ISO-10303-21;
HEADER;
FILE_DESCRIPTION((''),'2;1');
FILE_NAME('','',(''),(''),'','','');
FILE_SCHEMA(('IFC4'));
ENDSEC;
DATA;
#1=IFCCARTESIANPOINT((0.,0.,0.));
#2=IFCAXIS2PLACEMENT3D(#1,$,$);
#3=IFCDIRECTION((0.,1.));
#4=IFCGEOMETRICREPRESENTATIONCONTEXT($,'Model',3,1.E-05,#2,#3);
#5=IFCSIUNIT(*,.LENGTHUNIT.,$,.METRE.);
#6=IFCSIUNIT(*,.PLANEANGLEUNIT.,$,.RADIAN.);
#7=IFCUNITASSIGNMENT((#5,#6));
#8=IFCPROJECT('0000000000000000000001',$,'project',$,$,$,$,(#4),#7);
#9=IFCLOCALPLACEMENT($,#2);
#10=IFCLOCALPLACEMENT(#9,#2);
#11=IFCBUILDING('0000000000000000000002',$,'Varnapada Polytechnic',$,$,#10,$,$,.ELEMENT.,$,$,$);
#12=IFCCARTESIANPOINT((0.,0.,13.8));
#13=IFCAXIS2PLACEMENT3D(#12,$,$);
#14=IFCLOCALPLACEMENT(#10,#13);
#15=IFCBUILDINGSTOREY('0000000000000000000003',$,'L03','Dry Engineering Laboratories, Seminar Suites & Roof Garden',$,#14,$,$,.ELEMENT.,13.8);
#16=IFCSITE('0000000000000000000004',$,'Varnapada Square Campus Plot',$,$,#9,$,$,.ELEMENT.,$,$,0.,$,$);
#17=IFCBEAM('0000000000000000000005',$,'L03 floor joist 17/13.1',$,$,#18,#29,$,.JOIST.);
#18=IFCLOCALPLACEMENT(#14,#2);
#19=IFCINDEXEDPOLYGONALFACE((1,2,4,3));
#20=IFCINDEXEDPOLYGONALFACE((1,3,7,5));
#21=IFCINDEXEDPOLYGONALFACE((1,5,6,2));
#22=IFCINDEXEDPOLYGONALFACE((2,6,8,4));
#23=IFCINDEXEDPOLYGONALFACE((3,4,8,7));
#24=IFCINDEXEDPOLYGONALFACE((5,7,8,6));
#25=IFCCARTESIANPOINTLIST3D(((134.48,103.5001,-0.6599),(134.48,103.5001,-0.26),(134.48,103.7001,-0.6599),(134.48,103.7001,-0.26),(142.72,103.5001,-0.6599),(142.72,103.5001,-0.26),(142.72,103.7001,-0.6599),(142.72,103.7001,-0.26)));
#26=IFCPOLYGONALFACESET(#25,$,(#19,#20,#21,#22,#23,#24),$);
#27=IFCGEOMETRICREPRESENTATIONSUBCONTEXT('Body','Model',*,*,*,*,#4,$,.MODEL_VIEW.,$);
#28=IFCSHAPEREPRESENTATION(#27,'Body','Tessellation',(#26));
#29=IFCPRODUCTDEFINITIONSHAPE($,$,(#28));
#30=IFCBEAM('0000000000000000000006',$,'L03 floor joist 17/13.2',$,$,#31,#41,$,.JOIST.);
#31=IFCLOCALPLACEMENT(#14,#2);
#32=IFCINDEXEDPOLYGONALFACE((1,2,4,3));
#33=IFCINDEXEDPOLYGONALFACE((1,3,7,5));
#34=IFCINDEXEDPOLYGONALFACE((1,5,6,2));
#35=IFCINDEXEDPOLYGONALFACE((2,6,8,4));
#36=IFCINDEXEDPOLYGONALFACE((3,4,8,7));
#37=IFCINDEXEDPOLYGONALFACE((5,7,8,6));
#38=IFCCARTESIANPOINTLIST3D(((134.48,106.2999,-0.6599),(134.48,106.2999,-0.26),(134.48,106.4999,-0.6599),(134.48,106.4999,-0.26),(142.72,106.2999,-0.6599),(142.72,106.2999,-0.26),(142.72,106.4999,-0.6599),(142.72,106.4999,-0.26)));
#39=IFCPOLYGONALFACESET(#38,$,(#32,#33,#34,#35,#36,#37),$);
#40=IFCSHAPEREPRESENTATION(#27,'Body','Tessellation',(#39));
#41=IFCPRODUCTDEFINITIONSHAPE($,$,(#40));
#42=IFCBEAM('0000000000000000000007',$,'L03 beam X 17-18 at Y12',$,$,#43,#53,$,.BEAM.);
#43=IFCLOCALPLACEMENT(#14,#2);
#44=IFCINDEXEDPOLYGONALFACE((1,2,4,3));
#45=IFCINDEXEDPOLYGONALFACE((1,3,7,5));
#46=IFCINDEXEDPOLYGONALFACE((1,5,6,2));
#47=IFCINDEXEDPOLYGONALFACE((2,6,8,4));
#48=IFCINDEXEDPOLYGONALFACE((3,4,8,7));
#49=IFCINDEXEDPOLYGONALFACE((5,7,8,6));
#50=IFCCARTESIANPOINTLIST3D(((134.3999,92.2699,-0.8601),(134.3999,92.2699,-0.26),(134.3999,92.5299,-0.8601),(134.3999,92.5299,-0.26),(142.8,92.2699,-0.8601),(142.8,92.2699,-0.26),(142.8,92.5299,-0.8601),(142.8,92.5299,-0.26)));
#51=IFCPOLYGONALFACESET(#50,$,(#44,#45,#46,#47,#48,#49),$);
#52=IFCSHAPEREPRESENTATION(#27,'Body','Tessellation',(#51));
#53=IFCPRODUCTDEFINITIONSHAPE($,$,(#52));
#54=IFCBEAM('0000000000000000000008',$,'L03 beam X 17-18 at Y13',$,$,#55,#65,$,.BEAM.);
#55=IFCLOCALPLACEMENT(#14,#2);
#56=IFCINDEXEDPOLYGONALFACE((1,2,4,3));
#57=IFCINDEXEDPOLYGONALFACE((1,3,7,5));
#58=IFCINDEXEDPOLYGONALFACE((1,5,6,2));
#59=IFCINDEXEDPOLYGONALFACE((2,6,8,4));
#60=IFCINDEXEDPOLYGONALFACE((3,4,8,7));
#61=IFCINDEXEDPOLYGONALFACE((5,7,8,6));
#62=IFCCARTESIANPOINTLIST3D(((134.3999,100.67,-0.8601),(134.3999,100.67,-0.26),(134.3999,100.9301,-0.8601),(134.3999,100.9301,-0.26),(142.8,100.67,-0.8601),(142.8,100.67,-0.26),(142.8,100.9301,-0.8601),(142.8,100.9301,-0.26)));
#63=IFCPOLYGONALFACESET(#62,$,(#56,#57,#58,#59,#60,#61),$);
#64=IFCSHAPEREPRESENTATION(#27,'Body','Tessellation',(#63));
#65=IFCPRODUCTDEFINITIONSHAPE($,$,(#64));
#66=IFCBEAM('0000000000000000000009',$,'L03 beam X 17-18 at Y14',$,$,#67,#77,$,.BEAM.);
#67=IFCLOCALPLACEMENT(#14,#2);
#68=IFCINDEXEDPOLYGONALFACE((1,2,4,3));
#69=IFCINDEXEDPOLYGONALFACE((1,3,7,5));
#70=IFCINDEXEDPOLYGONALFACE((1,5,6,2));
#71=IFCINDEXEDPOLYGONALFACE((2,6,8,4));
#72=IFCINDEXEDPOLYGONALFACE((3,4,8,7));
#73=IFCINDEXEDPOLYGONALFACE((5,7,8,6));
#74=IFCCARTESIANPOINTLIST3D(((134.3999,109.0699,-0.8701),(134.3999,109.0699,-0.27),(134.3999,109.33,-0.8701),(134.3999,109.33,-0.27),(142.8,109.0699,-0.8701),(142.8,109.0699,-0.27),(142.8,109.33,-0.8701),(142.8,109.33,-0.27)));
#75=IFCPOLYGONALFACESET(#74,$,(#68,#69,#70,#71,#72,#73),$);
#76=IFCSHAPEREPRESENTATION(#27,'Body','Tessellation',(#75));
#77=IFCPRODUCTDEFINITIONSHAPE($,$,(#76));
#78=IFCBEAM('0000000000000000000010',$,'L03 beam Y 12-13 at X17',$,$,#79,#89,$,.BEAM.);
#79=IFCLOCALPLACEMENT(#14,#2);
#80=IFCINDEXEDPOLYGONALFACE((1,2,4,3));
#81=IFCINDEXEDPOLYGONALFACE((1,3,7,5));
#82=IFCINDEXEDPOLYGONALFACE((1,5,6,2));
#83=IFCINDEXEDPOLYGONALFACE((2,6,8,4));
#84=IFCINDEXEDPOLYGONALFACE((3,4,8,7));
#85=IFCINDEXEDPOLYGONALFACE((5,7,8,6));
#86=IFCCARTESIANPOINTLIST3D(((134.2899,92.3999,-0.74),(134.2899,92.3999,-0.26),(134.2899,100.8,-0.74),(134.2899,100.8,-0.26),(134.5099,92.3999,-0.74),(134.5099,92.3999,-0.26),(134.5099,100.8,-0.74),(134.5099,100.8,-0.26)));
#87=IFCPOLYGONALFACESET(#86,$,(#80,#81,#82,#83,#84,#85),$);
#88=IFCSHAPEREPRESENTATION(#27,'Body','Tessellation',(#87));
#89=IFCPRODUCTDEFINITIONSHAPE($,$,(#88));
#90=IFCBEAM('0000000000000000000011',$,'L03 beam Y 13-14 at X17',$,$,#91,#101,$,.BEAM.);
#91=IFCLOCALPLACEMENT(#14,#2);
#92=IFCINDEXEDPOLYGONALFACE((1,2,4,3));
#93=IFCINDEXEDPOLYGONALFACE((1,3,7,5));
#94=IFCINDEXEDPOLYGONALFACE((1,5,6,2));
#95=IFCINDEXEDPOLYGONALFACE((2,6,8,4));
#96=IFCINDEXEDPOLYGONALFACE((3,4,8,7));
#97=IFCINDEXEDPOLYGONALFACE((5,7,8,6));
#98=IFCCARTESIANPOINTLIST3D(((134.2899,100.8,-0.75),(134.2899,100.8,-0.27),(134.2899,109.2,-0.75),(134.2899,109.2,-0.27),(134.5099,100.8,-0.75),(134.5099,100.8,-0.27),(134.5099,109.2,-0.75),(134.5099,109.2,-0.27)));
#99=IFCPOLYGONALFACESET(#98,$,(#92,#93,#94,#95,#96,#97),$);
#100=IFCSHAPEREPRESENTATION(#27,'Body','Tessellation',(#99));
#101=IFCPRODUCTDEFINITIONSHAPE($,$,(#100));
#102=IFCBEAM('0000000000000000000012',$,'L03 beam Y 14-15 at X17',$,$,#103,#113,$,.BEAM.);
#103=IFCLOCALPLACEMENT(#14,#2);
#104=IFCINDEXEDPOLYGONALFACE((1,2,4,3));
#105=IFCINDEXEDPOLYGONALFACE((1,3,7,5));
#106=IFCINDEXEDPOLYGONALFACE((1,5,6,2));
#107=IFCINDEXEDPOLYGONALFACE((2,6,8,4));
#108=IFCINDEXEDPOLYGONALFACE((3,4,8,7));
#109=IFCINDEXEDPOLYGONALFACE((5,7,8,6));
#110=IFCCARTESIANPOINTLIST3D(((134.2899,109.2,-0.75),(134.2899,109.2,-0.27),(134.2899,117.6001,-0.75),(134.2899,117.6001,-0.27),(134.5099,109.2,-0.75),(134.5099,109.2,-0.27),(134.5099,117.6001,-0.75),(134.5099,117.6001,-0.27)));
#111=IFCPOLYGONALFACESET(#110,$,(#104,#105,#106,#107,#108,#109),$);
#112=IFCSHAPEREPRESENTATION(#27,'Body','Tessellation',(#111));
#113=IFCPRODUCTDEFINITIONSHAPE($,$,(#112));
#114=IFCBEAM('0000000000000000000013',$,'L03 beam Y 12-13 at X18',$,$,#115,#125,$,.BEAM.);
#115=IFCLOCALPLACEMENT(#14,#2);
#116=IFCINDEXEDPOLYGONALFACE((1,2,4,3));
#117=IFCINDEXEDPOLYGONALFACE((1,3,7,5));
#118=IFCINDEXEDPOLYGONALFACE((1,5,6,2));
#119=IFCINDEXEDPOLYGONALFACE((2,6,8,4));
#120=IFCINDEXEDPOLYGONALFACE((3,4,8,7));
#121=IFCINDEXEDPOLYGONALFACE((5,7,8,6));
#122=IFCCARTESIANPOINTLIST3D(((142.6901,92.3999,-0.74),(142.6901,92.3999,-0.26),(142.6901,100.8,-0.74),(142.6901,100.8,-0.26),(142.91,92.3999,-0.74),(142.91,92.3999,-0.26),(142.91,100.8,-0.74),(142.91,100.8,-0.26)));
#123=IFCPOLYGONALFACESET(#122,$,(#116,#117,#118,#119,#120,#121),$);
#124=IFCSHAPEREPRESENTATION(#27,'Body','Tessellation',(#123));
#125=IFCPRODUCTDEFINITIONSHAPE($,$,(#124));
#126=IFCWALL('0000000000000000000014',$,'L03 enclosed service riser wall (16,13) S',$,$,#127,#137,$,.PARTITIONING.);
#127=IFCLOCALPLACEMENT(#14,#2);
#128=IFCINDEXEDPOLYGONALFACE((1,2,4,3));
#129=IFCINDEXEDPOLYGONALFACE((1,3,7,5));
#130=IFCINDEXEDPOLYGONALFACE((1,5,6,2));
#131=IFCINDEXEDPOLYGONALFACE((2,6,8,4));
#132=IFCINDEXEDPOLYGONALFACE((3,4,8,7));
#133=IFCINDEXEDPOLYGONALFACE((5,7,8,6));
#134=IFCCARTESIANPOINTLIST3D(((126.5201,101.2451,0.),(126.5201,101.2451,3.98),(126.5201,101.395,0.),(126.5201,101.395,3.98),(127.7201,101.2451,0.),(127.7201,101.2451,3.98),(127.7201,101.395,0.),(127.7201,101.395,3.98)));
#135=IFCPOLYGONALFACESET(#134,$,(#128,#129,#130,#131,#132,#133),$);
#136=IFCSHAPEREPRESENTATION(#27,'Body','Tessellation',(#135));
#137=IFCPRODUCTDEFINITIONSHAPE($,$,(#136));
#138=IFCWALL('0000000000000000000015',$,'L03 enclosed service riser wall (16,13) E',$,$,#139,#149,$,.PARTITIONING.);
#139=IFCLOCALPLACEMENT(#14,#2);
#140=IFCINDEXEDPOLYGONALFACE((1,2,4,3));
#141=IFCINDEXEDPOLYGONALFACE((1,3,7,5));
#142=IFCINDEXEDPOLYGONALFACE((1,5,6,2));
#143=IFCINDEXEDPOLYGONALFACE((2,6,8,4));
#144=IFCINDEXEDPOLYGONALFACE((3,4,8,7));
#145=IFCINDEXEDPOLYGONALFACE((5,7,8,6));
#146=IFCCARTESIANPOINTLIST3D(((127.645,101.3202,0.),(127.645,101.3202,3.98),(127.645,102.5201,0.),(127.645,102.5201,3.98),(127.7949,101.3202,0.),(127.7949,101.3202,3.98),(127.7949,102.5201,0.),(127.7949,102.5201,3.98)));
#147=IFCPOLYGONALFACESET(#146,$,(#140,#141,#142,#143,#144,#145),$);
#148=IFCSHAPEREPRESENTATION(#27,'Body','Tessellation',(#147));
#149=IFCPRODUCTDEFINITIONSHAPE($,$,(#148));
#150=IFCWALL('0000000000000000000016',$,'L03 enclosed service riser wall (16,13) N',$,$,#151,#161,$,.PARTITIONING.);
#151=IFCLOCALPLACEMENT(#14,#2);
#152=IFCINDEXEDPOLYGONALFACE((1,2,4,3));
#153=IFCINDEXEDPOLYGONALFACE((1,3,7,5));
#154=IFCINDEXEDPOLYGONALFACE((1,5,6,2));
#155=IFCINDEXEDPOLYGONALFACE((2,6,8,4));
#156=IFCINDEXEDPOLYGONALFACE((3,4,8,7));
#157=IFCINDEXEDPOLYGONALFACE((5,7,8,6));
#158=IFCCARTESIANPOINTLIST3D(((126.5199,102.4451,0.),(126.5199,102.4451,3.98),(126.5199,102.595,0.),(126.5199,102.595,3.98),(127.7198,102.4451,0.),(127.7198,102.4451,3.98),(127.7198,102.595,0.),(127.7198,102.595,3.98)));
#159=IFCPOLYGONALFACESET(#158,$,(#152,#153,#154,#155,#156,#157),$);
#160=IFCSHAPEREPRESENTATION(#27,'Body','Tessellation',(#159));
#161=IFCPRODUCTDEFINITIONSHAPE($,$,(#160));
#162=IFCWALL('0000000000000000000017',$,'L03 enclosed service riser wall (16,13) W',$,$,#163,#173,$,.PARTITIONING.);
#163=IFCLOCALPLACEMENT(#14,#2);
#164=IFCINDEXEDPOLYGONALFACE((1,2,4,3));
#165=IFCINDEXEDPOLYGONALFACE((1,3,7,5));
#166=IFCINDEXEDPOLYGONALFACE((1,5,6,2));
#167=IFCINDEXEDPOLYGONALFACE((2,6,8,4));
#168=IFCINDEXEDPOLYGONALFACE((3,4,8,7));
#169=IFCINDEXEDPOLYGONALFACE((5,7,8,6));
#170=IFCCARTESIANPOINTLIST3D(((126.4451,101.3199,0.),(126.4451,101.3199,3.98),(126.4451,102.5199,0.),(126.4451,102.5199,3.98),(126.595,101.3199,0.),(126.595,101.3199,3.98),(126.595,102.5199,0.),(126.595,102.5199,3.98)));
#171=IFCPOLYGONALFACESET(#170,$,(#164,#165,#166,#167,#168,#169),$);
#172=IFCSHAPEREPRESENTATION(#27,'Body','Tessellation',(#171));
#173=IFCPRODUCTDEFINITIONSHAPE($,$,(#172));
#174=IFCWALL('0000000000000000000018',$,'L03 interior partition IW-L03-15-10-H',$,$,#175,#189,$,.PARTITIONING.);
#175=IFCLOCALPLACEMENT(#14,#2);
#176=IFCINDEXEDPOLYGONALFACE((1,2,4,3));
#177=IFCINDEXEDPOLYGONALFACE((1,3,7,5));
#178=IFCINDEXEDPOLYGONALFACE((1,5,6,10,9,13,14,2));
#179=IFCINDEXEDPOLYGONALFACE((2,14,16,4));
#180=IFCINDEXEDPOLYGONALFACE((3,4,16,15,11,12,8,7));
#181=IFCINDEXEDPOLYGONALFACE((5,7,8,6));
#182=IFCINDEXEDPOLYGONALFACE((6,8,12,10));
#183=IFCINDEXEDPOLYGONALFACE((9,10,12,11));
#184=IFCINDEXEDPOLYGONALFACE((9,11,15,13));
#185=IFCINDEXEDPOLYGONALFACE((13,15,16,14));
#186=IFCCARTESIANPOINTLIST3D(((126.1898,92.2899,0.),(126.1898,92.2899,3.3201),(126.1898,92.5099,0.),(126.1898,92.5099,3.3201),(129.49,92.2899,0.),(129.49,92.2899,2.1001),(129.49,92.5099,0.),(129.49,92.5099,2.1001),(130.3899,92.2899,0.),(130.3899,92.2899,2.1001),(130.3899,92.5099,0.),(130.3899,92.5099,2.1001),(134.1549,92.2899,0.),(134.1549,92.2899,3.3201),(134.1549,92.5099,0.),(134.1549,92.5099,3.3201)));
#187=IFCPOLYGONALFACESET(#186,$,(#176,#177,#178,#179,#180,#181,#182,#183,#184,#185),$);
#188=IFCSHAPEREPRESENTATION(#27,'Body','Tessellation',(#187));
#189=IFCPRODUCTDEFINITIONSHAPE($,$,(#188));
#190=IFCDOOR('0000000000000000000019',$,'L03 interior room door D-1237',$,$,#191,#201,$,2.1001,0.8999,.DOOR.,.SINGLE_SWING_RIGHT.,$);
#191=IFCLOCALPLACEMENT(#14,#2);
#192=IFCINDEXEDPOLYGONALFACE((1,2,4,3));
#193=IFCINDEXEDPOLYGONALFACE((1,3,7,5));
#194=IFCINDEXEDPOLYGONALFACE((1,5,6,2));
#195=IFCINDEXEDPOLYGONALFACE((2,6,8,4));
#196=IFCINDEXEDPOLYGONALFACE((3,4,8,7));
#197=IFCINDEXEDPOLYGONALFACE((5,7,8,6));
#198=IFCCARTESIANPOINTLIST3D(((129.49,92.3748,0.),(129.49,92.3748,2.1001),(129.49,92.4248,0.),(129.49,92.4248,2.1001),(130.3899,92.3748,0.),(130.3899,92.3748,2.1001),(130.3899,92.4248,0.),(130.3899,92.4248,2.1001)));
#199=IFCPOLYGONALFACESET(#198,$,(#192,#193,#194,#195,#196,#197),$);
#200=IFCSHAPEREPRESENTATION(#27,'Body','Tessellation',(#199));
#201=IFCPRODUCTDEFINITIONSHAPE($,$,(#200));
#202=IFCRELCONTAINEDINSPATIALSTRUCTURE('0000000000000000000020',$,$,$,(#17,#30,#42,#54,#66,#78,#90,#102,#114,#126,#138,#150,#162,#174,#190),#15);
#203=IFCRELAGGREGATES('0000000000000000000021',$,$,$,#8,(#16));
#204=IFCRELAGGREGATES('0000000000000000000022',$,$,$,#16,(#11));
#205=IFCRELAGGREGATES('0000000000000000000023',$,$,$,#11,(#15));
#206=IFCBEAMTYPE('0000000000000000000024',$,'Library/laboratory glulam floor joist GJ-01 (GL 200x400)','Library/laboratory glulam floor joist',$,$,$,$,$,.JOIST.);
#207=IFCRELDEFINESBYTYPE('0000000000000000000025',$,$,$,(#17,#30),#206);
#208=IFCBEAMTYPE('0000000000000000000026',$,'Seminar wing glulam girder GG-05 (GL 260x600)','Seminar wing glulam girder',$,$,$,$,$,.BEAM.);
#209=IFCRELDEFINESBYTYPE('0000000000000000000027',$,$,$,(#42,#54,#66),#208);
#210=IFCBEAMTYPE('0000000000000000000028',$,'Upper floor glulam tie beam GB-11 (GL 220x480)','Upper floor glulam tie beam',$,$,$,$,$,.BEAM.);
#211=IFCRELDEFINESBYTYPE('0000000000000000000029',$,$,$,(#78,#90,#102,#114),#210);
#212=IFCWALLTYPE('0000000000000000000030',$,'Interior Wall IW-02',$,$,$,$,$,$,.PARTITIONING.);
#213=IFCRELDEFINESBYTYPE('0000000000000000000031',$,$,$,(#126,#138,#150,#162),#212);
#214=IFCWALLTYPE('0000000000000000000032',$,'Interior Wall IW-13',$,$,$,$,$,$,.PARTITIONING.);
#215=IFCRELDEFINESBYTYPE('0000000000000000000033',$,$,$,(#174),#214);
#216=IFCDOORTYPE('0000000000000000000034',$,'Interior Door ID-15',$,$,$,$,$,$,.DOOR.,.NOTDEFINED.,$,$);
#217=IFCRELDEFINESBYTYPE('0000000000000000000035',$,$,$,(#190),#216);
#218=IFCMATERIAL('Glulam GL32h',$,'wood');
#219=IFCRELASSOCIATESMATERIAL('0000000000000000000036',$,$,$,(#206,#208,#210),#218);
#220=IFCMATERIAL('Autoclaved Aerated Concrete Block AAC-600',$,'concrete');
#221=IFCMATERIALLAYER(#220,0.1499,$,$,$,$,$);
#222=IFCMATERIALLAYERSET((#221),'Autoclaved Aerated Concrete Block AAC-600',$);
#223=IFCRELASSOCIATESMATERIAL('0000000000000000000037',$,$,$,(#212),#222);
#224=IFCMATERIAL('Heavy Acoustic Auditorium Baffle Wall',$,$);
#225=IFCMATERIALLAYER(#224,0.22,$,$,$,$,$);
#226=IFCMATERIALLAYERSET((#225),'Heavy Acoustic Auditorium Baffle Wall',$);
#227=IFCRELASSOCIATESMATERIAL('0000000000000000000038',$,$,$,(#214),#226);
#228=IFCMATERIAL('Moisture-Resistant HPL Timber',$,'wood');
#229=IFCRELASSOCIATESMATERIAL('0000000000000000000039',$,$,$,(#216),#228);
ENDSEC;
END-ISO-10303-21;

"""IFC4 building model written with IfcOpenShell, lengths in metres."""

from ifc_helpers import new_model, si_unit, direction, frame, frame_2d, origin, origin_2d, place, context, subcontext, project, spatial, rectangle, extrude, material, layer, layer_set, material_profile, profile_set, type_object, element, fill, save


model = new_model("IFC4")

# Units and contexts
model_context = context("Model", 3, precision=1e-05, world=origin(), true_north=direction((0.0, 1.0)))
body_context = subcontext(model_context, "Body", "Model", "MODEL_VIEW")
ifc_project = project(units=[si_unit("LENGTHUNIT", "METRE"), si_unit("PLANEANGLEUNIT", "RADIAN")], contexts=[model_context])

# Site, building, storey
site_placement = place(None, origin())
site = spatial("IfcSite", under=ifc_project, at=site_placement, Name="Varnapada Square Campus Plot", CompositionType="ELEMENT", RefElevation=0.0)
building_placement = place(site_placement, origin())
building = spatial("IfcBuilding", under=site, at=building_placement, Name="Varnapada Polytechnic", CompositionType="ELEMENT")
storey_placement = place(building_placement, frame((0.0, 0.0, 13.8)))
storey = spatial("IfcBuildingStorey", under=building, at=storey_placement, Name="L03", Description="Dry Engineering Laboratories, Seminar Suites & Roof Garden", CompositionType="ELEMENT", Elevation=13.8)

# Shared definitions
ifc_material_1 = material(Name="Glulam GL32h", Category="wood")

# Beams
ifc_material_profile_1 = material_profile(ifc_material_1, rectangle(XDim=0.2, YDim=0.3999, at=origin_2d()), Name="GL 200x400")
ifc_profile_set_1 = profile_set([ifc_material_profile_1], Name="Glulam GL32h")
beam_type_1 = type_object("IfcBeamType", Name="Library/laboratory glulam floor joist GJ-01 (GL 200x400)", Description="Library/laboratory glulam floor joist", PredefinedType="JOIST", material=ifc_profile_set_1)
for number, where, z_axis, x_axis, name in (
    (1, (134.48, 103.6001, -0.46), (1.0, 0.0, 0.0), (0.0, 1.0, 0.0), "L03 floor joist 17/13.1"),
    (2, (134.48, 106.3999, -0.46), (1.0, 0.0, 0.0), (0.0, 1.0, 0.0), "L03 floor joist 17/13.2"),
):
    element("IfcBeam", number, at=place(storey_placement, frame(where, z_axis=z_axis, x_axis=x_axis)), inside=storey, type_object=beam_type_1, Name=name, PredefinedType="JOIST", context=body_context, shape_type="SweptSolid", body=[
        extrude(rectangle(XDim=0.2, YDim=0.3999, at=origin_2d()), origin(), (0.0, 0.0, 1.0), 8.24),
    ])
ifc_material_profile_2 = material_profile(ifc_material_1, rectangle(XDim=0.26, YDim=0.6001, at=origin_2d()), Name="GL 260x600")
ifc_profile_set_2 = profile_set([ifc_material_profile_2], Name="Glulam GL32h")
beam_type_2 = type_object("IfcBeamType", Name="Seminar wing glulam girder GG-05 (GL 260x600)", Description="Seminar wing glulam girder", PredefinedType="BEAM", material=ifc_profile_set_2)
for number, where, z_axis, x_axis, name in (
    (3, (134.3999, 92.3999, -0.5601), (1.0, 0.0, 0.0), (0.0, 1.0, 0.0), "L03 beam X 17-18 at Y12"),
    (4, (134.3999, 100.8, -0.5601), (1.0, 0.0, 0.0), (0.0, 1.0, 0.0), "L03 beam X 17-18 at Y13"),
    (5, (134.3999, 109.2, -0.5701), (1.0, 0.0, 0.0), (0.0, 1.0, 0.0), "L03 beam X 17-18 at Y14"),
):
    element("IfcBeam", number, at=place(storey_placement, frame(where, z_axis=z_axis, x_axis=x_axis)), inside=storey, type_object=beam_type_2, Name=name, PredefinedType="BEAM", context=body_context, shape_type="SweptSolid", body=[
        extrude(rectangle(XDim=0.26, YDim=0.6001, at=origin_2d()), origin(), (0.0, 0.0, 1.0), 8.4001),
    ])
ifc_material_profile_3 = material_profile(ifc_material_1, rectangle(XDim=0.22, YDim=0.48, at=origin_2d()), Name="GL 220x480")
ifc_profile_set_3 = profile_set([ifc_material_profile_3], Name="Glulam GL32h")
beam_type_3 = type_object("IfcBeamType", Name="Upper floor glulam tie beam GB-11 (GL 220x480)", Description="Upper floor glulam tie beam", PredefinedType="BEAM", material=ifc_profile_set_3)
beam_1_placement = place(storey_placement, frame((134.3999, 92.3999, -0.5), z_axis=(0.0, 1.0, 0.0), x_axis=(-1.0, 0.0, 0.0)))
element("IfcBeam", 6, at=beam_1_placement, inside=storey, type_object=beam_type_3, Name="L03 beam Y 12-13 at X17", PredefinedType="BEAM", context=body_context, shape_type="SweptSolid", body=[
    extrude(rectangle(XDim=0.22, YDim=0.48, at=origin_2d()), origin(), (0.0, 0.0, 1.0), 8.4001),
])
beam_2_placement = place(storey_placement, frame((134.3999, 100.8, -0.51), z_axis=(0.0, 1.0, 0.0), x_axis=(-1.0, 0.0, 0.0)))
element("IfcBeam", 7, at=beam_2_placement, inside=storey, type_object=beam_type_3, Name="L03 beam Y 13-14 at X17", PredefinedType="BEAM", context=body_context, shape_type="SweptSolid", body=[
    extrude(rectangle(XDim=0.22, YDim=0.48, at=origin_2d()), origin(), (0.0, 0.0, 1.0), 8.3999),
])
for number, where, z_axis, x_axis, name in (
    (8, (134.3999, 109.2, -0.51), (0.0, 1.0, 0.0), (-1.0, 0.0, 0.0), "L03 beam Y 14-15 at X17"),
    (9, (142.8, 92.3999, -0.5), (0.0, 1.0, 0.0), (-1.0, 0.0, 0.0), "L03 beam Y 12-13 at X18"),
):
    element("IfcBeam", number, at=place(storey_placement, frame(where, z_axis=z_axis, x_axis=x_axis)), inside=storey, type_object=beam_type_3, Name=name, PredefinedType="BEAM", context=body_context, shape_type="SweptSolid", body=[
        extrude(rectangle(XDim=0.22, YDim=0.48, at=origin_2d()), origin(), (0.0, 0.0, 1.0), 8.4001),
    ])

# Walls
ifc_material_2 = material(Name="Autoclaved Aerated Concrete Block AAC-600", Category="concrete")
ifc_layer_1 = layer(ifc_material_2, 0.1499)
ifc_layer_set_1 = layer_set([ifc_layer_1], Name="Autoclaved Aerated Concrete Block AAC-600")
wall_type_1 = type_object("IfcWallType", Name="Interior Wall IW-02", PredefinedType="PARTITIONING", material=ifc_layer_set_1)
for number, where, z_axis, x_axis, name in (
    (10, (126.52, 101.3201, 0.0), (0.0, 0.0, 1.0), (1.0, 0.0, 0.0), "L03 enclosed service riser wall (16,13) S"),
    (11, (127.72, 101.3201, 0.0), (0.0, 0.0, 1.0), (0.0, 1.0, 0.0), "L03 enclosed service riser wall (16,13) E"),
    (12, (127.72, 102.52, 0.0), (0.0, 0.0, 1.0), (-1.0, 0.0, 0.0), "L03 enclosed service riser wall (16,13) N"),
    (13, (126.52, 102.52, 0.0), (0.0, 0.0, 1.0), (0.0, -1.0, 0.0), "L03 enclosed service riser wall (16,13) W"),
):
    element("IfcWall", number, at=place(storey_placement, frame(where, z_axis=z_axis, x_axis=x_axis)), inside=storey, type_object=wall_type_1, Name=name, PredefinedType="PARTITIONING", context=body_context, shape_type="SweptSolid", body=[
        extrude(rectangle(XDim=1.2, YDim=0.1499, at=frame_2d((0.6001, 0.0))), origin(), (0.0, 0.0, 1.0), 3.98),
    ])

# Wall, opening, door
ifc_material_3 = material(Name="Heavy Acoustic Auditorium Baffle Wall")
ifc_layer_2 = layer(ifc_material_3, 0.22)
ifc_layer_set_2 = layer_set([ifc_layer_2], Name="Heavy Acoustic Auditorium Baffle Wall")
wall_type_2 = type_object("IfcWallType", Name="Interior Wall IW-13", PredefinedType="PARTITIONING", material=ifc_layer_set_2)
wall_1_placement = place(storey_placement, frame((126.1899, 92.3999, 0.0), z_axis=(0.0, 0.0, 1.0), x_axis=(1.0, 0.0, 0.0)))
wall_1 = element("IfcWall", 14, at=wall_1_placement, inside=storey, type_object=wall_type_2, Name="L03 interior partition IW-L03-15-10-H", PredefinedType="PARTITIONING", context=body_context, shape_type="SweptSolid", body=[
    extrude(rectangle(XDim=7.9651, YDim=0.22, at=frame_2d((3.9824, 0.0))), origin(), (0.0, 0.0, 1.0), 3.3201),
])
opening_1_placement = place(wall_1_placement, frame((3.3, 0.0, 0.0)))
opening_1 = element("IfcOpeningElement", 15, at=opening_1_placement, cuts=wall_1, PredefinedType="OPENING", context=body_context, shape_type="SweptSolid", body=[
    extrude(rectangle(XDim=0.8999, YDim=2.1001, at=frame_2d((0.45, 1.05))), frame((0.0, 0.1199, 0.0), z_axis=(0.0, -1.0, 0.0), x_axis=(1.0, 0.0, 0.0)), (0.0, 0.0, 1.0), 0.24),
])
ifc_material_4 = material(Name="Moisture-Resistant HPL Timber", Category="wood")
door_type_1 = type_object("IfcDoorType", Name="Interior Door ID-15", OperationType="NOTDEFINED", PredefinedType="DOOR", material=ifc_material_4)
door_1_placement = place(opening_1_placement, origin())
door_1 = element("IfcDoor", 16, at=door_1_placement, inside=storey, type_object=door_type_1, Name="L03 interior room door D-1237", OperationType="SINGLE_SWING_RIGHT", OverallHeight=2.1001, OverallWidth=0.8999, PredefinedType="DOOR", context=body_context, shape_type="SweptSolid", body=[
    extrude(rectangle(XDim=0.8999, YDim=2.1001, at=frame_2d((0.45, 1.05))), frame((0.0, 0.0249, 0.0), z_axis=(0.0, -1.0, 0.0), x_axis=(1.0, 0.0, 0.0)), (0.0, 0.0, 1.0), 0.05),
])
fill(opening_1, door_1)

save(model, "model.ifc")
